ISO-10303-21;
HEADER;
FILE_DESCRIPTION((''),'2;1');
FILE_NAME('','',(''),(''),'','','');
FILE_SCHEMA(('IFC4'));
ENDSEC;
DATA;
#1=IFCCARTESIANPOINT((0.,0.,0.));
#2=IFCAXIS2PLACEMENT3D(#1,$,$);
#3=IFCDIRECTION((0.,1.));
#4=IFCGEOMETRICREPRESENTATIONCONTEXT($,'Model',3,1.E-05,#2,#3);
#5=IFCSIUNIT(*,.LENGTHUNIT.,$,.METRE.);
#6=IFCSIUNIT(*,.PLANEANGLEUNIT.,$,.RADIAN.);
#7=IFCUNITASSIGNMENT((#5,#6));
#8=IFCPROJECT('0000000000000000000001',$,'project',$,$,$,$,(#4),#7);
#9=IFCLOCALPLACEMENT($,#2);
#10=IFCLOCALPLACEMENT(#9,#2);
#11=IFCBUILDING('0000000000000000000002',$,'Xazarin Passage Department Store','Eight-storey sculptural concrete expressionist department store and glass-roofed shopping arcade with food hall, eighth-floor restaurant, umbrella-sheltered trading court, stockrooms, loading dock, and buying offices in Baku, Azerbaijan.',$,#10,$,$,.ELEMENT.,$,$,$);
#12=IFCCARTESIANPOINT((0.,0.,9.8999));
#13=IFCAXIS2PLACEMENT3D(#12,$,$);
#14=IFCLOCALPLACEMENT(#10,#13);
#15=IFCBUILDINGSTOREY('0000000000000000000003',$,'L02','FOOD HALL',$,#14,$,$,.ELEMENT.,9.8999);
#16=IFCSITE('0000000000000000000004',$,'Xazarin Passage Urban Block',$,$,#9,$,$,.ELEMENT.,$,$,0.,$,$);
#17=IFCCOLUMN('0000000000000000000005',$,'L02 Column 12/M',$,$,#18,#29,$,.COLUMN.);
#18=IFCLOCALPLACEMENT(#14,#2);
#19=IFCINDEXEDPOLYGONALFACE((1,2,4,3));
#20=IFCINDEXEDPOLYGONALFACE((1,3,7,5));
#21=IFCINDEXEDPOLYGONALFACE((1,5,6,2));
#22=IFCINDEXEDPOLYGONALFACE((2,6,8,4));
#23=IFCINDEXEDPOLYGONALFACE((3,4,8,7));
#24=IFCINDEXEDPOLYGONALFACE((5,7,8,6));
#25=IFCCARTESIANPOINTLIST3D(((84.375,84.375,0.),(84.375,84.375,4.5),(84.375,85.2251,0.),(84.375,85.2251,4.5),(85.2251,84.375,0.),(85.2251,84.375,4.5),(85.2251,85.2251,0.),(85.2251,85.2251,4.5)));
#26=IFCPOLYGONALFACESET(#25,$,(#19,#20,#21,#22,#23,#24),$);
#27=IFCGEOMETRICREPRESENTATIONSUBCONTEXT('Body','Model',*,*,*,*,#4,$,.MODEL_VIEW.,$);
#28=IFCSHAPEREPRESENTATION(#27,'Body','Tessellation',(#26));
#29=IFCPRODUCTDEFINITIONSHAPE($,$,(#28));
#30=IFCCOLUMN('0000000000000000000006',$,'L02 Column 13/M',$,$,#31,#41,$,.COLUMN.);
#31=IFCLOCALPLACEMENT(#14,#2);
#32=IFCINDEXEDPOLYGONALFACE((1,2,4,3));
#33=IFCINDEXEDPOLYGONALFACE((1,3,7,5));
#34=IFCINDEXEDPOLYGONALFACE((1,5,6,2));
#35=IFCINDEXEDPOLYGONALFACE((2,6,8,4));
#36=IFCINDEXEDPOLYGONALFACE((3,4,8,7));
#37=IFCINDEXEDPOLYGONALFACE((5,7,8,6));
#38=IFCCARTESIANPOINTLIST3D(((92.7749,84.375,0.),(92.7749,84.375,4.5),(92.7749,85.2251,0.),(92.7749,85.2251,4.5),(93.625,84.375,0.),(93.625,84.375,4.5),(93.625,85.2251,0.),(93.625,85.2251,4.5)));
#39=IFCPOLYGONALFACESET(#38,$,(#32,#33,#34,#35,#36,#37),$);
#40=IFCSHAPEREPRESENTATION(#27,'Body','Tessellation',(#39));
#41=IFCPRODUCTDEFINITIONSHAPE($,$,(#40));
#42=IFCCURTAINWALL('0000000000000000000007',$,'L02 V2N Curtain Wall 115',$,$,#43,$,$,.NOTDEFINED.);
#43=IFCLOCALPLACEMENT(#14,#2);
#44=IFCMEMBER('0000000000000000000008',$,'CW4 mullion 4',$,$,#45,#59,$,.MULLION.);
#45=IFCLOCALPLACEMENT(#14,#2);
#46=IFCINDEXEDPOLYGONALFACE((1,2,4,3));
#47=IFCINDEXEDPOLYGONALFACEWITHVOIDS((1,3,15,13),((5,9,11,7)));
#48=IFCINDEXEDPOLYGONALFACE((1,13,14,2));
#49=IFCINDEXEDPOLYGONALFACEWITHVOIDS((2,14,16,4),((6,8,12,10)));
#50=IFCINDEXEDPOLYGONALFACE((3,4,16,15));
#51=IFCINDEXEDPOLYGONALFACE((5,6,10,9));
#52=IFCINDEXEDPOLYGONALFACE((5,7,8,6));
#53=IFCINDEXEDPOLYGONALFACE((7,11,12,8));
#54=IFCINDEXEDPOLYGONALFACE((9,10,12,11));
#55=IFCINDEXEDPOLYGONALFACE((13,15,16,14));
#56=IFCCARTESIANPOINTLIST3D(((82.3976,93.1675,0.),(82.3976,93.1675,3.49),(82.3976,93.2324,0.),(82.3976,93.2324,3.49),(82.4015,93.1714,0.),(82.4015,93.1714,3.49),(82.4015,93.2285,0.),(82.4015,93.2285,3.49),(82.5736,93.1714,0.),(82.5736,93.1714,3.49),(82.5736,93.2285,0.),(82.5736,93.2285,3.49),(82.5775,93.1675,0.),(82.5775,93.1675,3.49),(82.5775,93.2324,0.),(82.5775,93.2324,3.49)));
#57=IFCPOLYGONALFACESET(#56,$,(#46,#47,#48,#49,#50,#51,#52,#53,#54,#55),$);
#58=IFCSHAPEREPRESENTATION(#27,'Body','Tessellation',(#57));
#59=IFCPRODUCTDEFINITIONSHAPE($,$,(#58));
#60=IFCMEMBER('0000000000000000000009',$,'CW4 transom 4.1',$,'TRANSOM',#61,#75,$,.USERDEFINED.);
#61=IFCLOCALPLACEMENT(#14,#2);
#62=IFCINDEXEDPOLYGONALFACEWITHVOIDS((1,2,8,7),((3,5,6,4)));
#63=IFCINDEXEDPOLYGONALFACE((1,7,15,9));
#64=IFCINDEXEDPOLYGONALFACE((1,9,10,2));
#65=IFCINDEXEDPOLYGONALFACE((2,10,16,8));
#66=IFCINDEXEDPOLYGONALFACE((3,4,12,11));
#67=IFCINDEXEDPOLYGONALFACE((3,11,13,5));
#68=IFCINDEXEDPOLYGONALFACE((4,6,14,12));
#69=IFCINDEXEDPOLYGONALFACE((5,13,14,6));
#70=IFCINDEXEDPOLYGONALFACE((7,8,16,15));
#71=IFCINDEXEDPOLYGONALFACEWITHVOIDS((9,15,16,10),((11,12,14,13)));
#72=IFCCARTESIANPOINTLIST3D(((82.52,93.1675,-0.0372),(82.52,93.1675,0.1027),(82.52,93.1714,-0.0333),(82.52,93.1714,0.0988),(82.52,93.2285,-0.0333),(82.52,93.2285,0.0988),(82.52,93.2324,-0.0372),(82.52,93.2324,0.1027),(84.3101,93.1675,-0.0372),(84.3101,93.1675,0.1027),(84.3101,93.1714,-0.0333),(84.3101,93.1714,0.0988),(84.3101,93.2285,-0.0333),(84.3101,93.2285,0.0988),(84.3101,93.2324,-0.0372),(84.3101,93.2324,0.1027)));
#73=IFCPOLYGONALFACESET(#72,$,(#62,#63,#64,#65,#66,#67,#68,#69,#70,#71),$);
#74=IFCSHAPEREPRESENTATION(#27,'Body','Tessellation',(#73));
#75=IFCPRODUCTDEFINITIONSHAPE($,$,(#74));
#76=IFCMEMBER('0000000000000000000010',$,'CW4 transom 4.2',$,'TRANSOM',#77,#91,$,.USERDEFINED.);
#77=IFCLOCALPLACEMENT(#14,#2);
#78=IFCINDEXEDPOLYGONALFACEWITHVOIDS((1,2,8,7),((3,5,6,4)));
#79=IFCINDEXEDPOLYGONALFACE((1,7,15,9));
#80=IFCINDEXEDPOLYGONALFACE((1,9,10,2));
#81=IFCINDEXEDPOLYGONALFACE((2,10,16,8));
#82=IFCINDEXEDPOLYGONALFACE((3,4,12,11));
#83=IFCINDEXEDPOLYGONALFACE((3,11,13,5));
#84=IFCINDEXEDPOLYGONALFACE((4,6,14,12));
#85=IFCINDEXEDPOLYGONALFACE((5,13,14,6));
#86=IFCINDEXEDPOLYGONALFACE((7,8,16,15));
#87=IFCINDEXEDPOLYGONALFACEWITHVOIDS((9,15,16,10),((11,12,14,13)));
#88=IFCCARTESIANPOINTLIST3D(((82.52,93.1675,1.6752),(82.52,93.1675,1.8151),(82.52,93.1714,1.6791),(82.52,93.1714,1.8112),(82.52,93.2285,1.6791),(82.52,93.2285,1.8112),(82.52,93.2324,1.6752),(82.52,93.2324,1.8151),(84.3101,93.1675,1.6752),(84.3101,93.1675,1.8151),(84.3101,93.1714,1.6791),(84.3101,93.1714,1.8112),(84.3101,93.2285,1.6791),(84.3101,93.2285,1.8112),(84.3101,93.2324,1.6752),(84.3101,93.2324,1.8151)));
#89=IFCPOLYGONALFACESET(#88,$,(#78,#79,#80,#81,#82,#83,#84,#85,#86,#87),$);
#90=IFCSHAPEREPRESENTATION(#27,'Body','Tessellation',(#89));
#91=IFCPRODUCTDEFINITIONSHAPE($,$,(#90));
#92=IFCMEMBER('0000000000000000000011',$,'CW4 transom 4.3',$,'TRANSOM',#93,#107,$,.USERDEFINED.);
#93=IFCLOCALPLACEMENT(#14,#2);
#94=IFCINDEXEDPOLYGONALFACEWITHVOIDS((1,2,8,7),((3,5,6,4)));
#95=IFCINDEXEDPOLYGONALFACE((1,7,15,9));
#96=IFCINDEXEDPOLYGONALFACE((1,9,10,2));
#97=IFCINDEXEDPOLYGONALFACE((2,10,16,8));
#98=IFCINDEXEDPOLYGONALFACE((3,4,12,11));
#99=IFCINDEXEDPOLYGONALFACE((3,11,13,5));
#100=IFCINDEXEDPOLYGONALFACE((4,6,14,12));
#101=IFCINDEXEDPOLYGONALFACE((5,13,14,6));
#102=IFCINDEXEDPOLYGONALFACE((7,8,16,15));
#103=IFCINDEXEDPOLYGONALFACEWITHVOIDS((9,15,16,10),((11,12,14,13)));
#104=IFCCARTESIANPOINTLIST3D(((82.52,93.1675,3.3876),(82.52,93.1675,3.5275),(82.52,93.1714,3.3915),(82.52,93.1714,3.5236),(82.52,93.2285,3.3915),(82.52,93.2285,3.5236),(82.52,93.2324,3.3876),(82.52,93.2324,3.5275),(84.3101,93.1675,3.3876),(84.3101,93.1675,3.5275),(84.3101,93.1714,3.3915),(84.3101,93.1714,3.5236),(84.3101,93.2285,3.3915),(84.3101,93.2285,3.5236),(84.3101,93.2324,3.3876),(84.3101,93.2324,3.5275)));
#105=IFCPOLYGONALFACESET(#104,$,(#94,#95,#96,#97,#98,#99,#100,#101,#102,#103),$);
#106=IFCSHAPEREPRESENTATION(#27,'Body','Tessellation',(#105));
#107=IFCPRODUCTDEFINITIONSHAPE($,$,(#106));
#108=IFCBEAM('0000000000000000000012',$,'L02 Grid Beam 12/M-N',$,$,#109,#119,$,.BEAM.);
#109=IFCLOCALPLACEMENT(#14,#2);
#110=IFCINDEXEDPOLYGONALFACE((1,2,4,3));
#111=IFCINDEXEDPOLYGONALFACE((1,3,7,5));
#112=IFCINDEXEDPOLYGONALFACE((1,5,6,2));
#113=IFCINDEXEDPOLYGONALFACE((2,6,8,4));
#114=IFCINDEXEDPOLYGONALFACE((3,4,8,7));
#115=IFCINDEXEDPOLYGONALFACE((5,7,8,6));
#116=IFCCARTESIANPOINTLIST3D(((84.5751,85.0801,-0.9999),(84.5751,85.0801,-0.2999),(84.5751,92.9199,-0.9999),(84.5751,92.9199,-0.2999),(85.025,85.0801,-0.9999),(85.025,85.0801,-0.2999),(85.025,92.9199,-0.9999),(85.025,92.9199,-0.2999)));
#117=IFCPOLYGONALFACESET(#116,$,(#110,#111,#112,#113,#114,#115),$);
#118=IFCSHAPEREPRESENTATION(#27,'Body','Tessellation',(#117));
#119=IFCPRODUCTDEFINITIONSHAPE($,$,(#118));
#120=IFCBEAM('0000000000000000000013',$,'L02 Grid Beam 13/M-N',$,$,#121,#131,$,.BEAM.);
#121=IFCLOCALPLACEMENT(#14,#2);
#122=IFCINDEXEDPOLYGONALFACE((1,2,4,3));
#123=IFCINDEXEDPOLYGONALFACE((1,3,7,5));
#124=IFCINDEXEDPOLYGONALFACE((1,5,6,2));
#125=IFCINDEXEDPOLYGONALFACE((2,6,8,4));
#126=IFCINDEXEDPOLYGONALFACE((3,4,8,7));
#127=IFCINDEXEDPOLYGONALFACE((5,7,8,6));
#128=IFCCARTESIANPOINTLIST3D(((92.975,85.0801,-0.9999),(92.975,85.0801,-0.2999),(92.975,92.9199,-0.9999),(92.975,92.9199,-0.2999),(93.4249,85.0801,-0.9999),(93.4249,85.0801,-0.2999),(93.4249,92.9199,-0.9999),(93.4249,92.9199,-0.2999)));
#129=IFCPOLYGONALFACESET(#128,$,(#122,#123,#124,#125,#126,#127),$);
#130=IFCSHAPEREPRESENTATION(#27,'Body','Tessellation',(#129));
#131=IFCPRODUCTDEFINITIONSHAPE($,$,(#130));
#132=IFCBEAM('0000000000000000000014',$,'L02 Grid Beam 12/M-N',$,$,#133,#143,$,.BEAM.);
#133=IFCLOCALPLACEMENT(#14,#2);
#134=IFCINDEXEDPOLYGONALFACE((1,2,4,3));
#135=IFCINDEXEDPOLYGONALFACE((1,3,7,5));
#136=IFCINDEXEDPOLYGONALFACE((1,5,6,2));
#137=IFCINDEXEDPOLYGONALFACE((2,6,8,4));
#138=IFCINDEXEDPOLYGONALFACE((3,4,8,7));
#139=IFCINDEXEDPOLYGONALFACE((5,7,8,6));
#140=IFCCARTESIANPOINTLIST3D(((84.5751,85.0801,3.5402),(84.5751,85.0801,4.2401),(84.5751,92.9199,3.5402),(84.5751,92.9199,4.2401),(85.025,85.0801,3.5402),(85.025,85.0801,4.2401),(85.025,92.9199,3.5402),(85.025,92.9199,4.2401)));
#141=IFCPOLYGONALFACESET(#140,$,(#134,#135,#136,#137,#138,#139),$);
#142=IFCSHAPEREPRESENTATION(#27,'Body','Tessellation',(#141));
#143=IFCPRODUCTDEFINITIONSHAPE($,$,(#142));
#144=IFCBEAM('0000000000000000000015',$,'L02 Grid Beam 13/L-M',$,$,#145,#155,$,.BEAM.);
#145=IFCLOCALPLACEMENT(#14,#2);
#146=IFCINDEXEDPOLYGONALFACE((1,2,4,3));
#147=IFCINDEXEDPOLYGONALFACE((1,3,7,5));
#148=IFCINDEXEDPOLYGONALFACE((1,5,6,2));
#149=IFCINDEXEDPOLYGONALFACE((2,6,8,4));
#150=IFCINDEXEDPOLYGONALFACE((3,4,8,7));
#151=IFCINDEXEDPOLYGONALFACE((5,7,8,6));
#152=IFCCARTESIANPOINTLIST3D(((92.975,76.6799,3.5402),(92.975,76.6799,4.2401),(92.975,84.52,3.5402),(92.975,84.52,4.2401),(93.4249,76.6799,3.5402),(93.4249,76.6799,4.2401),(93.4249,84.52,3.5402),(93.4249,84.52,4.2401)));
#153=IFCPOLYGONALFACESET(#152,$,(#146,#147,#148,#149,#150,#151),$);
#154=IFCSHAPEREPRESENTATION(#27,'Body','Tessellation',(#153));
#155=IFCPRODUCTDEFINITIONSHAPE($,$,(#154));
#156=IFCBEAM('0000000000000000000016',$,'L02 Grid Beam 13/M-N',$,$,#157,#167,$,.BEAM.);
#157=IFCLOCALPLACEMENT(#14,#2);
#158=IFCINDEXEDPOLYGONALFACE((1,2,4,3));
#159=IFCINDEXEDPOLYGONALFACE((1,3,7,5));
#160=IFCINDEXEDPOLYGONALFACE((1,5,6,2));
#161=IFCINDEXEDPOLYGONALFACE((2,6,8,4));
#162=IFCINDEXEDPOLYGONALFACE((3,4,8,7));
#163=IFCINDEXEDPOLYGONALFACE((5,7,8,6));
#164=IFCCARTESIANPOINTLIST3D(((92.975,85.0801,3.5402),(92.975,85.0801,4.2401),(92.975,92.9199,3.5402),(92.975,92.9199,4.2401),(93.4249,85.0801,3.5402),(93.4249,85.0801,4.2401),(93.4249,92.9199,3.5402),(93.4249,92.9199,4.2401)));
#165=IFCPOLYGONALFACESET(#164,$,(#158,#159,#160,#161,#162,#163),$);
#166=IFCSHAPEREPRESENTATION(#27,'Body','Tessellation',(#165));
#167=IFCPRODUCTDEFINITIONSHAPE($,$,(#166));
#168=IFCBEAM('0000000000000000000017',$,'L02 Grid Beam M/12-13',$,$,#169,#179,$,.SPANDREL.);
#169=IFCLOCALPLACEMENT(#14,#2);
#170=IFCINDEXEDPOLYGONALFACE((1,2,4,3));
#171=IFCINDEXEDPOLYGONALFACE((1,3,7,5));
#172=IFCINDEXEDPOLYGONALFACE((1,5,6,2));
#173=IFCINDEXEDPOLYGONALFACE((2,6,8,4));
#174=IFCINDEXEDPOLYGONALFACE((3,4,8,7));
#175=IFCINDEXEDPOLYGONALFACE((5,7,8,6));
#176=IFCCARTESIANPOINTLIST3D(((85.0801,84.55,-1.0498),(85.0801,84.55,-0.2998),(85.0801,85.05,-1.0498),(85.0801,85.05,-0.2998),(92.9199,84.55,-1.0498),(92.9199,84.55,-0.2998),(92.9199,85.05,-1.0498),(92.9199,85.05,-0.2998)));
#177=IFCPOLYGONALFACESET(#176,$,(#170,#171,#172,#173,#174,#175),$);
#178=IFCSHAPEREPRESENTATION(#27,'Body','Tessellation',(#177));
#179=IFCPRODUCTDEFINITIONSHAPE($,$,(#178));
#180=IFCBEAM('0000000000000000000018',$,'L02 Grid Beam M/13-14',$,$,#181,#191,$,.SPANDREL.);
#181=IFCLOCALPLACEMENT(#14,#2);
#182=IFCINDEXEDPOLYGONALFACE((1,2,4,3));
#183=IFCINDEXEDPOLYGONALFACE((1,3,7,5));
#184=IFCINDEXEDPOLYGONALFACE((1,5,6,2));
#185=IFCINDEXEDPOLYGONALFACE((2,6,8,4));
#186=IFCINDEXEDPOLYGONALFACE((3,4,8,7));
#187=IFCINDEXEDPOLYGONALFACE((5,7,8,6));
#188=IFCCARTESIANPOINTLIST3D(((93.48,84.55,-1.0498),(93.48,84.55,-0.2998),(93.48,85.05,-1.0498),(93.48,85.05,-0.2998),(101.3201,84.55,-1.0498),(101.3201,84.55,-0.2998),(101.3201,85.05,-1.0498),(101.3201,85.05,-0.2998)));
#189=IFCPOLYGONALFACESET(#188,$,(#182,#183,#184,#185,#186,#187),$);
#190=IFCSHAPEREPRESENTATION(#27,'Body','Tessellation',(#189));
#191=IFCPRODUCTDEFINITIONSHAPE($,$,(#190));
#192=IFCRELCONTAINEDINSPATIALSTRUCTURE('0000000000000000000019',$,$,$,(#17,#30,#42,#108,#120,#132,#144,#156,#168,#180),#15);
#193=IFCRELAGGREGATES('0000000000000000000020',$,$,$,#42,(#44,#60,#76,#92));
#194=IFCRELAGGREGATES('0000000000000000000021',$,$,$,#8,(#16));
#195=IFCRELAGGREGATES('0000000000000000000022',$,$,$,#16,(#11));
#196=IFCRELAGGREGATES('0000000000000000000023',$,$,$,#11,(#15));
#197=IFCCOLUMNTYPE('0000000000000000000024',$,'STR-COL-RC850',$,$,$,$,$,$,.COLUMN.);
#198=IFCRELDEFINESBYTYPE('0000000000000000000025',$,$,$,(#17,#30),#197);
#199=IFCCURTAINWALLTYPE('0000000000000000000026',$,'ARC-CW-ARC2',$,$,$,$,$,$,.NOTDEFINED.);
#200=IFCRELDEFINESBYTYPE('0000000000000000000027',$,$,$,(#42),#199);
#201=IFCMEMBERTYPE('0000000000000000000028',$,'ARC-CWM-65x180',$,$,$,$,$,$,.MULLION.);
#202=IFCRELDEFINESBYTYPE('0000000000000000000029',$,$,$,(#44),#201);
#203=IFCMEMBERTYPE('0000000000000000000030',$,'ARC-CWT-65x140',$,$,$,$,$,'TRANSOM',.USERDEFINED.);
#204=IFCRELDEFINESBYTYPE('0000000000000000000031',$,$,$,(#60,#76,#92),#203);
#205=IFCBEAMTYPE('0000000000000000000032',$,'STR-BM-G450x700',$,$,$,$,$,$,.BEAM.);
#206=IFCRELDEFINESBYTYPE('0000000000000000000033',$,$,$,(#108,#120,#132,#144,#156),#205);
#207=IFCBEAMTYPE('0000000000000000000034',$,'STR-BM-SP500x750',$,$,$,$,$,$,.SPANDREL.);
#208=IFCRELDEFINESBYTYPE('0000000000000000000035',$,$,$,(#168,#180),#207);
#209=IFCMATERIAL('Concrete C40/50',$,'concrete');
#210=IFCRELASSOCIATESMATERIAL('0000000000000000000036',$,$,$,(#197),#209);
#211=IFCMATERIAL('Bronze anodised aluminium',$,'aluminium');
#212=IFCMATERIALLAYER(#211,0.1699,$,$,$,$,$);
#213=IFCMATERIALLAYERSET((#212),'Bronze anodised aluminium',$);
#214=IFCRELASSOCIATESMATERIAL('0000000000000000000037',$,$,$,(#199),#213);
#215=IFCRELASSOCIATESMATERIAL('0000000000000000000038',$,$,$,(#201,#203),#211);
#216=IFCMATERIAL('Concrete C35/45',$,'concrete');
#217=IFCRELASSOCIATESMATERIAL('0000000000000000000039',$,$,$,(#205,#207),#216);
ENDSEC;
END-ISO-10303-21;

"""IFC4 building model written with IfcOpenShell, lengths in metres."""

from ifc_helpers import new_model, si_unit, direction, frame, origin, origin_2d, place, context, subcontext, project, spatial, rectangle, hollow_rectangle, extrude, material, layer, layer_set, material_profile, profile_set, type_object, element, aggregate, save


model = new_model("IFC4")

# Units and contexts
model_context = context("Model", 3, precision=1e-05, world=origin(), true_north=direction((0.0, 1.0)))
body_context = subcontext(model_context, "Body", "Model", "MODEL_VIEW")
ifc_project = project(units=[si_unit("LENGTHUNIT", "METRE"), si_unit("PLANEANGLEUNIT", "RADIAN")], contexts=[model_context])

# Site, building, storey
site_placement = place(None, origin())
site = spatial("IfcSite", under=ifc_project, at=site_placement, Name="Xazarin Passage Urban Block", CompositionType="ELEMENT", RefElevation=0.0)
building_placement = place(site_placement, origin())
building = spatial("IfcBuilding", under=site, at=building_placement, Name="Xazarin Passage Department Store", Description="Eight-storey sculptural concrete expressionist department store and glass-roofed shopping arcade with food hall, eighth-floor restaurant, umbrella-sheltered trading court, stockrooms, loading dock, and buying offices in Baku, Azerbaijan.", CompositionType="ELEMENT")
storey_placement = place(building_placement, frame((0.0, 0.0, 9.8999)))
storey = spatial("IfcBuildingStorey", under=building, at=storey_placement, Name="L02", Description="FOOD HALL", CompositionType="ELEMENT", Elevation=9.8999)

# Columns
ifc_material_1 = material(Name="Concrete C40/50", Category="concrete")
ifc_material_profile_1 = material_profile(ifc_material_1, rectangle(XDim=0.8501, YDim=0.8501, at=origin_2d()), Name="RC 850x850")
ifc_profile_set_1 = profile_set([ifc_material_profile_1], Name="Concrete C40/50")
column_type = type_object("IfcColumnType", Name="STR-COL-RC850", PredefinedType="COLUMN", material=ifc_profile_set_1)
for number, where, z_axis, x_axis, name in (
    (1, (84.8, 84.8, 0.0), (0.0, 0.0, 1.0), (1.0, 0.0, 0.0), "L02 Column 12/M"),
    (2, (93.2, 84.8, 0.0), (0.0, 0.0, 1.0), (1.0, 0.0, 0.0), "L02 Column 13/M"),
):
    element("IfcColumn", number, at=place(storey_placement, frame(where, z_axis=z_axis, x_axis=x_axis)), inside=storey, type_object=column_type, Name=name, PredefinedType="COLUMN", context=body_context, shape_type="SweptSolid", body=[
        extrude(rectangle(XDim=0.8501, YDim=0.8501, at=origin_2d()), origin(), (0.0, 0.0, 1.0), 4.5),
    ])

# Curtain wall, members
ifc_material_2 = material(Name="Bronze anodised aluminium", Category="aluminium")
ifc_layer_1 = layer(ifc_material_2, 0.1699)
ifc_layer_set_1 = layer_set([ifc_layer_1], Name="Bronze anodised aluminium")
curtain_wall_type = type_object("IfcCurtainWallType", Name="ARC-CW-ARC2", PredefinedType="NOTDEFINED", material=ifc_layer_set_1)
curtain_wall_placement = place(storey_placement, origin())
curtain_wall = element("IfcCurtainWall", 3, at=curtain_wall_placement, inside=storey, type_object=curtain_wall_type, Name="L02 V2N Curtain Wall 115", PredefinedType="NOTDEFINED")
ifc_material_profile_2 = material_profile(ifc_material_2, hollow_rectangle(XDim=0.0649, YDim=0.1799, WallThickness=0.0039, at=origin_2d()), Name="ALU 65x180")
ifc_profile_set_2 = profile_set([ifc_material_profile_2], Name="Bronze anodised aluminium")
member_type_1 = type_object("IfcMemberType", Name="ARC-CWM-65x180", PredefinedType="MULLION", material=ifc_profile_set_2)
member_1_placement = place(storey_placement, frame((82.4875, 93.2, 0.0), z_axis=(0.0, 0.0, 1.0), x_axis=(0.0, 1.0, 0.0)))
member_1 = element("IfcMember", 4, at=member_1_placement, type_object=member_type_1, Name="CW4 mullion 4", PredefinedType="MULLION", context=body_context, shape_type="SweptSolid", body=[
    extrude(hollow_rectangle(XDim=0.0649, YDim=0.1799, WallThickness=0.0039, at=origin_2d()), origin(), (0.0, 0.0, 1.0), 3.49),
])
ifc_material_profile_3 = material_profile(ifc_material_2, hollow_rectangle(XDim=0.0649, YDim=0.1399, WallThickness=0.0039, at=origin_2d()), Name="ALU 65x140")
ifc_profile_set_3 = profile_set([ifc_material_profile_3], Name="Bronze anodised aluminium")
member_type_2 = type_object("IfcMemberType", Name="ARC-CWT-65x140", ElementType="TRANSOM", PredefinedType="USERDEFINED", material=ifc_profile_set_3)
member_2_placement = place(storey_placement, frame((82.52, 93.2, 0.0327), z_axis=(1.0, 0.0, 0.0), x_axis=(0.0, 1.0, 0.0)))
member_2 = element("IfcMember", 5, at=member_2_placement, type_object=member_type_2, Name="CW4 transom 4.1", ObjectType="TRANSOM", PredefinedType="USERDEFINED", context=body_context, shape_type="SweptSolid", body=[
    extrude(hollow_rectangle(XDim=0.0649, YDim=0.1399, WallThickness=0.0039, at=origin_2d()), origin(), (0.0, 0.0, 1.0), 1.79),
])
member_3_placement = place(storey_placement, frame((82.52, 93.2, 1.7451), z_axis=(1.0, 0.0, 0.0), x_axis=(0.0, 1.0, 0.0)))
member_3 = element("IfcMember", 6, at=member_3_placement, type_object=member_type_2, Name="CW4 transom 4.2", ObjectType="TRANSOM", PredefinedType="USERDEFINED", context=body_context, shape_type="SweptSolid", body=[
    extrude(hollow_rectangle(XDim=0.0649, YDim=0.1399, WallThickness=0.0039, at=origin_2d()), origin(), (0.0, 0.0, 1.0), 1.79),
])
member_4_placement = place(storey_placement, frame((82.52, 93.2, 3.4575), z_axis=(1.0, 0.0, 0.0), x_axis=(0.0, 1.0, 0.0)))
member_4 = element("IfcMember", 7, at=member_4_placement, type_object=member_type_2, Name="CW4 transom 4.3", ObjectType="TRANSOM", PredefinedType="USERDEFINED", context=body_context, shape_type="SweptSolid", body=[
    extrude(hollow_rectangle(XDim=0.0649, YDim=0.1399, WallThickness=0.0039, at=origin_2d()), origin(), (0.0, 0.0, 1.0), 1.79),
])

# Beams
ifc_material_3 = material(Name="Concrete C35/45", Category="concrete")
ifc_material_profile_4 = material_profile(ifc_material_3, rectangle(XDim=0.45, YDim=0.7, at=origin_2d()), Name="RC 450x700")
ifc_profile_set_4 = profile_set([ifc_material_profile_4], Name="Concrete C35/45")
beam_type_1 = type_object("IfcBeamType", Name="STR-BM-G450x700", PredefinedType="BEAM", material=ifc_profile_set_4)
for number, where, z_axis, x_axis, name in (
    (8, (84.8, 85.0801, -0.6499), (0.0, 1.0, 0.0), (-1.0, 0.0, 0.0), "L02 Grid Beam 12/M-N"),
    (9, (93.2, 85.0801, -0.6499), (0.0, 1.0, 0.0), (-1.0, 0.0, 0.0), "L02 Grid Beam 13/M-N"),
    (10, (84.8, 85.0801, 3.8901), (0.0, 1.0, 0.0), (-1.0, 0.0, 0.0), "L02 Grid Beam 12/M-N"),
):
    element("IfcBeam", number, at=place(storey_placement, frame(where, z_axis=z_axis, x_axis=x_axis)), inside=storey, type_object=beam_type_1, Name=name, PredefinedType="BEAM", context=body_context, shape_type="SweptSolid", body=[
        extrude(rectangle(XDim=0.45, YDim=0.7, at=origin_2d()), origin(), (0.0, 0.0, 1.0), 7.8398),
    ])
beam_1_placement = place(storey_placement, frame((93.2, 76.6799, 3.8901), z_axis=(0.0, 1.0, 0.0), x_axis=(-1.0, 0.0, 0.0)))
element("IfcBeam", 11, at=beam_1_placement, inside=storey, type_object=beam_type_1, Name="L02 Grid Beam 13/L-M", PredefinedType="BEAM", context=body_context, shape_type="SweptSolid", body=[
    extrude(rectangle(XDim=0.45, YDim=0.7, at=origin_2d()), origin(), (0.0, 0.0, 1.0), 7.8401),
])
beam_2_placement = place(storey_placement, frame((93.2, 85.0801, 3.8901), z_axis=(0.0, 1.0, 0.0), x_axis=(-1.0, 0.0, 0.0)))
element("IfcBeam", 12, at=beam_2_placement, inside=storey, type_object=beam_type_1, Name="L02 Grid Beam 13/M-N", PredefinedType="BEAM", context=body_context, shape_type="SweptSolid", body=[
    extrude(rectangle(XDim=0.45, YDim=0.7, at=origin_2d()), origin(), (0.0, 0.0, 1.0), 7.8398),
])
ifc_material_profile_5 = material_profile(ifc_material_3, rectangle(XDim=0.5, YDim=0.75, at=origin_2d()), Name="RC 500x750")
ifc_profile_set_5 = profile_set([ifc_material_profile_5], Name="Concrete C35/45")
beam_type_2 = type_object("IfcBeamType", Name="STR-BM-SP500x750", PredefinedType="SPANDREL", material=ifc_profile_set_5)
beam_3_placement = place(storey_placement, frame((85.0801, 84.8, -0.6748), z_axis=(1.0, 0.0, 0.0), x_axis=(0.0, 1.0, 0.0)))
element("IfcBeam", 13, at=beam_3_placement, inside=storey, type_object=beam_type_2, Name="L02 Grid Beam M/12-13", PredefinedType="SPANDREL", context=body_context, shape_type="SweptSolid", body=[
    extrude(rectangle(XDim=0.5, YDim=0.75, at=origin_2d()), origin(), (0.0, 0.0, 1.0), 7.8398),
])
beam_4_placement = place(storey_placement, frame((93.48, 84.8, -0.6748), z_axis=(1.0, 0.0, 0.0), x_axis=(0.0, 1.0, 0.0)))
element("IfcBeam", 14, at=beam_4_placement, inside=storey, type_object=beam_type_2, Name="L02 Grid Beam M/13-14", PredefinedType="SPANDREL", context=body_context, shape_type="SweptSolid", body=[
    extrude(rectangle(XDim=0.5, YDim=0.75, at=origin_2d()), origin(), (0.0, 0.0, 1.0), 7.8401),
])

aggregate(curtain_wall, [member_1, member_2, member_3, member_4])

save(model, "model.ifc")
